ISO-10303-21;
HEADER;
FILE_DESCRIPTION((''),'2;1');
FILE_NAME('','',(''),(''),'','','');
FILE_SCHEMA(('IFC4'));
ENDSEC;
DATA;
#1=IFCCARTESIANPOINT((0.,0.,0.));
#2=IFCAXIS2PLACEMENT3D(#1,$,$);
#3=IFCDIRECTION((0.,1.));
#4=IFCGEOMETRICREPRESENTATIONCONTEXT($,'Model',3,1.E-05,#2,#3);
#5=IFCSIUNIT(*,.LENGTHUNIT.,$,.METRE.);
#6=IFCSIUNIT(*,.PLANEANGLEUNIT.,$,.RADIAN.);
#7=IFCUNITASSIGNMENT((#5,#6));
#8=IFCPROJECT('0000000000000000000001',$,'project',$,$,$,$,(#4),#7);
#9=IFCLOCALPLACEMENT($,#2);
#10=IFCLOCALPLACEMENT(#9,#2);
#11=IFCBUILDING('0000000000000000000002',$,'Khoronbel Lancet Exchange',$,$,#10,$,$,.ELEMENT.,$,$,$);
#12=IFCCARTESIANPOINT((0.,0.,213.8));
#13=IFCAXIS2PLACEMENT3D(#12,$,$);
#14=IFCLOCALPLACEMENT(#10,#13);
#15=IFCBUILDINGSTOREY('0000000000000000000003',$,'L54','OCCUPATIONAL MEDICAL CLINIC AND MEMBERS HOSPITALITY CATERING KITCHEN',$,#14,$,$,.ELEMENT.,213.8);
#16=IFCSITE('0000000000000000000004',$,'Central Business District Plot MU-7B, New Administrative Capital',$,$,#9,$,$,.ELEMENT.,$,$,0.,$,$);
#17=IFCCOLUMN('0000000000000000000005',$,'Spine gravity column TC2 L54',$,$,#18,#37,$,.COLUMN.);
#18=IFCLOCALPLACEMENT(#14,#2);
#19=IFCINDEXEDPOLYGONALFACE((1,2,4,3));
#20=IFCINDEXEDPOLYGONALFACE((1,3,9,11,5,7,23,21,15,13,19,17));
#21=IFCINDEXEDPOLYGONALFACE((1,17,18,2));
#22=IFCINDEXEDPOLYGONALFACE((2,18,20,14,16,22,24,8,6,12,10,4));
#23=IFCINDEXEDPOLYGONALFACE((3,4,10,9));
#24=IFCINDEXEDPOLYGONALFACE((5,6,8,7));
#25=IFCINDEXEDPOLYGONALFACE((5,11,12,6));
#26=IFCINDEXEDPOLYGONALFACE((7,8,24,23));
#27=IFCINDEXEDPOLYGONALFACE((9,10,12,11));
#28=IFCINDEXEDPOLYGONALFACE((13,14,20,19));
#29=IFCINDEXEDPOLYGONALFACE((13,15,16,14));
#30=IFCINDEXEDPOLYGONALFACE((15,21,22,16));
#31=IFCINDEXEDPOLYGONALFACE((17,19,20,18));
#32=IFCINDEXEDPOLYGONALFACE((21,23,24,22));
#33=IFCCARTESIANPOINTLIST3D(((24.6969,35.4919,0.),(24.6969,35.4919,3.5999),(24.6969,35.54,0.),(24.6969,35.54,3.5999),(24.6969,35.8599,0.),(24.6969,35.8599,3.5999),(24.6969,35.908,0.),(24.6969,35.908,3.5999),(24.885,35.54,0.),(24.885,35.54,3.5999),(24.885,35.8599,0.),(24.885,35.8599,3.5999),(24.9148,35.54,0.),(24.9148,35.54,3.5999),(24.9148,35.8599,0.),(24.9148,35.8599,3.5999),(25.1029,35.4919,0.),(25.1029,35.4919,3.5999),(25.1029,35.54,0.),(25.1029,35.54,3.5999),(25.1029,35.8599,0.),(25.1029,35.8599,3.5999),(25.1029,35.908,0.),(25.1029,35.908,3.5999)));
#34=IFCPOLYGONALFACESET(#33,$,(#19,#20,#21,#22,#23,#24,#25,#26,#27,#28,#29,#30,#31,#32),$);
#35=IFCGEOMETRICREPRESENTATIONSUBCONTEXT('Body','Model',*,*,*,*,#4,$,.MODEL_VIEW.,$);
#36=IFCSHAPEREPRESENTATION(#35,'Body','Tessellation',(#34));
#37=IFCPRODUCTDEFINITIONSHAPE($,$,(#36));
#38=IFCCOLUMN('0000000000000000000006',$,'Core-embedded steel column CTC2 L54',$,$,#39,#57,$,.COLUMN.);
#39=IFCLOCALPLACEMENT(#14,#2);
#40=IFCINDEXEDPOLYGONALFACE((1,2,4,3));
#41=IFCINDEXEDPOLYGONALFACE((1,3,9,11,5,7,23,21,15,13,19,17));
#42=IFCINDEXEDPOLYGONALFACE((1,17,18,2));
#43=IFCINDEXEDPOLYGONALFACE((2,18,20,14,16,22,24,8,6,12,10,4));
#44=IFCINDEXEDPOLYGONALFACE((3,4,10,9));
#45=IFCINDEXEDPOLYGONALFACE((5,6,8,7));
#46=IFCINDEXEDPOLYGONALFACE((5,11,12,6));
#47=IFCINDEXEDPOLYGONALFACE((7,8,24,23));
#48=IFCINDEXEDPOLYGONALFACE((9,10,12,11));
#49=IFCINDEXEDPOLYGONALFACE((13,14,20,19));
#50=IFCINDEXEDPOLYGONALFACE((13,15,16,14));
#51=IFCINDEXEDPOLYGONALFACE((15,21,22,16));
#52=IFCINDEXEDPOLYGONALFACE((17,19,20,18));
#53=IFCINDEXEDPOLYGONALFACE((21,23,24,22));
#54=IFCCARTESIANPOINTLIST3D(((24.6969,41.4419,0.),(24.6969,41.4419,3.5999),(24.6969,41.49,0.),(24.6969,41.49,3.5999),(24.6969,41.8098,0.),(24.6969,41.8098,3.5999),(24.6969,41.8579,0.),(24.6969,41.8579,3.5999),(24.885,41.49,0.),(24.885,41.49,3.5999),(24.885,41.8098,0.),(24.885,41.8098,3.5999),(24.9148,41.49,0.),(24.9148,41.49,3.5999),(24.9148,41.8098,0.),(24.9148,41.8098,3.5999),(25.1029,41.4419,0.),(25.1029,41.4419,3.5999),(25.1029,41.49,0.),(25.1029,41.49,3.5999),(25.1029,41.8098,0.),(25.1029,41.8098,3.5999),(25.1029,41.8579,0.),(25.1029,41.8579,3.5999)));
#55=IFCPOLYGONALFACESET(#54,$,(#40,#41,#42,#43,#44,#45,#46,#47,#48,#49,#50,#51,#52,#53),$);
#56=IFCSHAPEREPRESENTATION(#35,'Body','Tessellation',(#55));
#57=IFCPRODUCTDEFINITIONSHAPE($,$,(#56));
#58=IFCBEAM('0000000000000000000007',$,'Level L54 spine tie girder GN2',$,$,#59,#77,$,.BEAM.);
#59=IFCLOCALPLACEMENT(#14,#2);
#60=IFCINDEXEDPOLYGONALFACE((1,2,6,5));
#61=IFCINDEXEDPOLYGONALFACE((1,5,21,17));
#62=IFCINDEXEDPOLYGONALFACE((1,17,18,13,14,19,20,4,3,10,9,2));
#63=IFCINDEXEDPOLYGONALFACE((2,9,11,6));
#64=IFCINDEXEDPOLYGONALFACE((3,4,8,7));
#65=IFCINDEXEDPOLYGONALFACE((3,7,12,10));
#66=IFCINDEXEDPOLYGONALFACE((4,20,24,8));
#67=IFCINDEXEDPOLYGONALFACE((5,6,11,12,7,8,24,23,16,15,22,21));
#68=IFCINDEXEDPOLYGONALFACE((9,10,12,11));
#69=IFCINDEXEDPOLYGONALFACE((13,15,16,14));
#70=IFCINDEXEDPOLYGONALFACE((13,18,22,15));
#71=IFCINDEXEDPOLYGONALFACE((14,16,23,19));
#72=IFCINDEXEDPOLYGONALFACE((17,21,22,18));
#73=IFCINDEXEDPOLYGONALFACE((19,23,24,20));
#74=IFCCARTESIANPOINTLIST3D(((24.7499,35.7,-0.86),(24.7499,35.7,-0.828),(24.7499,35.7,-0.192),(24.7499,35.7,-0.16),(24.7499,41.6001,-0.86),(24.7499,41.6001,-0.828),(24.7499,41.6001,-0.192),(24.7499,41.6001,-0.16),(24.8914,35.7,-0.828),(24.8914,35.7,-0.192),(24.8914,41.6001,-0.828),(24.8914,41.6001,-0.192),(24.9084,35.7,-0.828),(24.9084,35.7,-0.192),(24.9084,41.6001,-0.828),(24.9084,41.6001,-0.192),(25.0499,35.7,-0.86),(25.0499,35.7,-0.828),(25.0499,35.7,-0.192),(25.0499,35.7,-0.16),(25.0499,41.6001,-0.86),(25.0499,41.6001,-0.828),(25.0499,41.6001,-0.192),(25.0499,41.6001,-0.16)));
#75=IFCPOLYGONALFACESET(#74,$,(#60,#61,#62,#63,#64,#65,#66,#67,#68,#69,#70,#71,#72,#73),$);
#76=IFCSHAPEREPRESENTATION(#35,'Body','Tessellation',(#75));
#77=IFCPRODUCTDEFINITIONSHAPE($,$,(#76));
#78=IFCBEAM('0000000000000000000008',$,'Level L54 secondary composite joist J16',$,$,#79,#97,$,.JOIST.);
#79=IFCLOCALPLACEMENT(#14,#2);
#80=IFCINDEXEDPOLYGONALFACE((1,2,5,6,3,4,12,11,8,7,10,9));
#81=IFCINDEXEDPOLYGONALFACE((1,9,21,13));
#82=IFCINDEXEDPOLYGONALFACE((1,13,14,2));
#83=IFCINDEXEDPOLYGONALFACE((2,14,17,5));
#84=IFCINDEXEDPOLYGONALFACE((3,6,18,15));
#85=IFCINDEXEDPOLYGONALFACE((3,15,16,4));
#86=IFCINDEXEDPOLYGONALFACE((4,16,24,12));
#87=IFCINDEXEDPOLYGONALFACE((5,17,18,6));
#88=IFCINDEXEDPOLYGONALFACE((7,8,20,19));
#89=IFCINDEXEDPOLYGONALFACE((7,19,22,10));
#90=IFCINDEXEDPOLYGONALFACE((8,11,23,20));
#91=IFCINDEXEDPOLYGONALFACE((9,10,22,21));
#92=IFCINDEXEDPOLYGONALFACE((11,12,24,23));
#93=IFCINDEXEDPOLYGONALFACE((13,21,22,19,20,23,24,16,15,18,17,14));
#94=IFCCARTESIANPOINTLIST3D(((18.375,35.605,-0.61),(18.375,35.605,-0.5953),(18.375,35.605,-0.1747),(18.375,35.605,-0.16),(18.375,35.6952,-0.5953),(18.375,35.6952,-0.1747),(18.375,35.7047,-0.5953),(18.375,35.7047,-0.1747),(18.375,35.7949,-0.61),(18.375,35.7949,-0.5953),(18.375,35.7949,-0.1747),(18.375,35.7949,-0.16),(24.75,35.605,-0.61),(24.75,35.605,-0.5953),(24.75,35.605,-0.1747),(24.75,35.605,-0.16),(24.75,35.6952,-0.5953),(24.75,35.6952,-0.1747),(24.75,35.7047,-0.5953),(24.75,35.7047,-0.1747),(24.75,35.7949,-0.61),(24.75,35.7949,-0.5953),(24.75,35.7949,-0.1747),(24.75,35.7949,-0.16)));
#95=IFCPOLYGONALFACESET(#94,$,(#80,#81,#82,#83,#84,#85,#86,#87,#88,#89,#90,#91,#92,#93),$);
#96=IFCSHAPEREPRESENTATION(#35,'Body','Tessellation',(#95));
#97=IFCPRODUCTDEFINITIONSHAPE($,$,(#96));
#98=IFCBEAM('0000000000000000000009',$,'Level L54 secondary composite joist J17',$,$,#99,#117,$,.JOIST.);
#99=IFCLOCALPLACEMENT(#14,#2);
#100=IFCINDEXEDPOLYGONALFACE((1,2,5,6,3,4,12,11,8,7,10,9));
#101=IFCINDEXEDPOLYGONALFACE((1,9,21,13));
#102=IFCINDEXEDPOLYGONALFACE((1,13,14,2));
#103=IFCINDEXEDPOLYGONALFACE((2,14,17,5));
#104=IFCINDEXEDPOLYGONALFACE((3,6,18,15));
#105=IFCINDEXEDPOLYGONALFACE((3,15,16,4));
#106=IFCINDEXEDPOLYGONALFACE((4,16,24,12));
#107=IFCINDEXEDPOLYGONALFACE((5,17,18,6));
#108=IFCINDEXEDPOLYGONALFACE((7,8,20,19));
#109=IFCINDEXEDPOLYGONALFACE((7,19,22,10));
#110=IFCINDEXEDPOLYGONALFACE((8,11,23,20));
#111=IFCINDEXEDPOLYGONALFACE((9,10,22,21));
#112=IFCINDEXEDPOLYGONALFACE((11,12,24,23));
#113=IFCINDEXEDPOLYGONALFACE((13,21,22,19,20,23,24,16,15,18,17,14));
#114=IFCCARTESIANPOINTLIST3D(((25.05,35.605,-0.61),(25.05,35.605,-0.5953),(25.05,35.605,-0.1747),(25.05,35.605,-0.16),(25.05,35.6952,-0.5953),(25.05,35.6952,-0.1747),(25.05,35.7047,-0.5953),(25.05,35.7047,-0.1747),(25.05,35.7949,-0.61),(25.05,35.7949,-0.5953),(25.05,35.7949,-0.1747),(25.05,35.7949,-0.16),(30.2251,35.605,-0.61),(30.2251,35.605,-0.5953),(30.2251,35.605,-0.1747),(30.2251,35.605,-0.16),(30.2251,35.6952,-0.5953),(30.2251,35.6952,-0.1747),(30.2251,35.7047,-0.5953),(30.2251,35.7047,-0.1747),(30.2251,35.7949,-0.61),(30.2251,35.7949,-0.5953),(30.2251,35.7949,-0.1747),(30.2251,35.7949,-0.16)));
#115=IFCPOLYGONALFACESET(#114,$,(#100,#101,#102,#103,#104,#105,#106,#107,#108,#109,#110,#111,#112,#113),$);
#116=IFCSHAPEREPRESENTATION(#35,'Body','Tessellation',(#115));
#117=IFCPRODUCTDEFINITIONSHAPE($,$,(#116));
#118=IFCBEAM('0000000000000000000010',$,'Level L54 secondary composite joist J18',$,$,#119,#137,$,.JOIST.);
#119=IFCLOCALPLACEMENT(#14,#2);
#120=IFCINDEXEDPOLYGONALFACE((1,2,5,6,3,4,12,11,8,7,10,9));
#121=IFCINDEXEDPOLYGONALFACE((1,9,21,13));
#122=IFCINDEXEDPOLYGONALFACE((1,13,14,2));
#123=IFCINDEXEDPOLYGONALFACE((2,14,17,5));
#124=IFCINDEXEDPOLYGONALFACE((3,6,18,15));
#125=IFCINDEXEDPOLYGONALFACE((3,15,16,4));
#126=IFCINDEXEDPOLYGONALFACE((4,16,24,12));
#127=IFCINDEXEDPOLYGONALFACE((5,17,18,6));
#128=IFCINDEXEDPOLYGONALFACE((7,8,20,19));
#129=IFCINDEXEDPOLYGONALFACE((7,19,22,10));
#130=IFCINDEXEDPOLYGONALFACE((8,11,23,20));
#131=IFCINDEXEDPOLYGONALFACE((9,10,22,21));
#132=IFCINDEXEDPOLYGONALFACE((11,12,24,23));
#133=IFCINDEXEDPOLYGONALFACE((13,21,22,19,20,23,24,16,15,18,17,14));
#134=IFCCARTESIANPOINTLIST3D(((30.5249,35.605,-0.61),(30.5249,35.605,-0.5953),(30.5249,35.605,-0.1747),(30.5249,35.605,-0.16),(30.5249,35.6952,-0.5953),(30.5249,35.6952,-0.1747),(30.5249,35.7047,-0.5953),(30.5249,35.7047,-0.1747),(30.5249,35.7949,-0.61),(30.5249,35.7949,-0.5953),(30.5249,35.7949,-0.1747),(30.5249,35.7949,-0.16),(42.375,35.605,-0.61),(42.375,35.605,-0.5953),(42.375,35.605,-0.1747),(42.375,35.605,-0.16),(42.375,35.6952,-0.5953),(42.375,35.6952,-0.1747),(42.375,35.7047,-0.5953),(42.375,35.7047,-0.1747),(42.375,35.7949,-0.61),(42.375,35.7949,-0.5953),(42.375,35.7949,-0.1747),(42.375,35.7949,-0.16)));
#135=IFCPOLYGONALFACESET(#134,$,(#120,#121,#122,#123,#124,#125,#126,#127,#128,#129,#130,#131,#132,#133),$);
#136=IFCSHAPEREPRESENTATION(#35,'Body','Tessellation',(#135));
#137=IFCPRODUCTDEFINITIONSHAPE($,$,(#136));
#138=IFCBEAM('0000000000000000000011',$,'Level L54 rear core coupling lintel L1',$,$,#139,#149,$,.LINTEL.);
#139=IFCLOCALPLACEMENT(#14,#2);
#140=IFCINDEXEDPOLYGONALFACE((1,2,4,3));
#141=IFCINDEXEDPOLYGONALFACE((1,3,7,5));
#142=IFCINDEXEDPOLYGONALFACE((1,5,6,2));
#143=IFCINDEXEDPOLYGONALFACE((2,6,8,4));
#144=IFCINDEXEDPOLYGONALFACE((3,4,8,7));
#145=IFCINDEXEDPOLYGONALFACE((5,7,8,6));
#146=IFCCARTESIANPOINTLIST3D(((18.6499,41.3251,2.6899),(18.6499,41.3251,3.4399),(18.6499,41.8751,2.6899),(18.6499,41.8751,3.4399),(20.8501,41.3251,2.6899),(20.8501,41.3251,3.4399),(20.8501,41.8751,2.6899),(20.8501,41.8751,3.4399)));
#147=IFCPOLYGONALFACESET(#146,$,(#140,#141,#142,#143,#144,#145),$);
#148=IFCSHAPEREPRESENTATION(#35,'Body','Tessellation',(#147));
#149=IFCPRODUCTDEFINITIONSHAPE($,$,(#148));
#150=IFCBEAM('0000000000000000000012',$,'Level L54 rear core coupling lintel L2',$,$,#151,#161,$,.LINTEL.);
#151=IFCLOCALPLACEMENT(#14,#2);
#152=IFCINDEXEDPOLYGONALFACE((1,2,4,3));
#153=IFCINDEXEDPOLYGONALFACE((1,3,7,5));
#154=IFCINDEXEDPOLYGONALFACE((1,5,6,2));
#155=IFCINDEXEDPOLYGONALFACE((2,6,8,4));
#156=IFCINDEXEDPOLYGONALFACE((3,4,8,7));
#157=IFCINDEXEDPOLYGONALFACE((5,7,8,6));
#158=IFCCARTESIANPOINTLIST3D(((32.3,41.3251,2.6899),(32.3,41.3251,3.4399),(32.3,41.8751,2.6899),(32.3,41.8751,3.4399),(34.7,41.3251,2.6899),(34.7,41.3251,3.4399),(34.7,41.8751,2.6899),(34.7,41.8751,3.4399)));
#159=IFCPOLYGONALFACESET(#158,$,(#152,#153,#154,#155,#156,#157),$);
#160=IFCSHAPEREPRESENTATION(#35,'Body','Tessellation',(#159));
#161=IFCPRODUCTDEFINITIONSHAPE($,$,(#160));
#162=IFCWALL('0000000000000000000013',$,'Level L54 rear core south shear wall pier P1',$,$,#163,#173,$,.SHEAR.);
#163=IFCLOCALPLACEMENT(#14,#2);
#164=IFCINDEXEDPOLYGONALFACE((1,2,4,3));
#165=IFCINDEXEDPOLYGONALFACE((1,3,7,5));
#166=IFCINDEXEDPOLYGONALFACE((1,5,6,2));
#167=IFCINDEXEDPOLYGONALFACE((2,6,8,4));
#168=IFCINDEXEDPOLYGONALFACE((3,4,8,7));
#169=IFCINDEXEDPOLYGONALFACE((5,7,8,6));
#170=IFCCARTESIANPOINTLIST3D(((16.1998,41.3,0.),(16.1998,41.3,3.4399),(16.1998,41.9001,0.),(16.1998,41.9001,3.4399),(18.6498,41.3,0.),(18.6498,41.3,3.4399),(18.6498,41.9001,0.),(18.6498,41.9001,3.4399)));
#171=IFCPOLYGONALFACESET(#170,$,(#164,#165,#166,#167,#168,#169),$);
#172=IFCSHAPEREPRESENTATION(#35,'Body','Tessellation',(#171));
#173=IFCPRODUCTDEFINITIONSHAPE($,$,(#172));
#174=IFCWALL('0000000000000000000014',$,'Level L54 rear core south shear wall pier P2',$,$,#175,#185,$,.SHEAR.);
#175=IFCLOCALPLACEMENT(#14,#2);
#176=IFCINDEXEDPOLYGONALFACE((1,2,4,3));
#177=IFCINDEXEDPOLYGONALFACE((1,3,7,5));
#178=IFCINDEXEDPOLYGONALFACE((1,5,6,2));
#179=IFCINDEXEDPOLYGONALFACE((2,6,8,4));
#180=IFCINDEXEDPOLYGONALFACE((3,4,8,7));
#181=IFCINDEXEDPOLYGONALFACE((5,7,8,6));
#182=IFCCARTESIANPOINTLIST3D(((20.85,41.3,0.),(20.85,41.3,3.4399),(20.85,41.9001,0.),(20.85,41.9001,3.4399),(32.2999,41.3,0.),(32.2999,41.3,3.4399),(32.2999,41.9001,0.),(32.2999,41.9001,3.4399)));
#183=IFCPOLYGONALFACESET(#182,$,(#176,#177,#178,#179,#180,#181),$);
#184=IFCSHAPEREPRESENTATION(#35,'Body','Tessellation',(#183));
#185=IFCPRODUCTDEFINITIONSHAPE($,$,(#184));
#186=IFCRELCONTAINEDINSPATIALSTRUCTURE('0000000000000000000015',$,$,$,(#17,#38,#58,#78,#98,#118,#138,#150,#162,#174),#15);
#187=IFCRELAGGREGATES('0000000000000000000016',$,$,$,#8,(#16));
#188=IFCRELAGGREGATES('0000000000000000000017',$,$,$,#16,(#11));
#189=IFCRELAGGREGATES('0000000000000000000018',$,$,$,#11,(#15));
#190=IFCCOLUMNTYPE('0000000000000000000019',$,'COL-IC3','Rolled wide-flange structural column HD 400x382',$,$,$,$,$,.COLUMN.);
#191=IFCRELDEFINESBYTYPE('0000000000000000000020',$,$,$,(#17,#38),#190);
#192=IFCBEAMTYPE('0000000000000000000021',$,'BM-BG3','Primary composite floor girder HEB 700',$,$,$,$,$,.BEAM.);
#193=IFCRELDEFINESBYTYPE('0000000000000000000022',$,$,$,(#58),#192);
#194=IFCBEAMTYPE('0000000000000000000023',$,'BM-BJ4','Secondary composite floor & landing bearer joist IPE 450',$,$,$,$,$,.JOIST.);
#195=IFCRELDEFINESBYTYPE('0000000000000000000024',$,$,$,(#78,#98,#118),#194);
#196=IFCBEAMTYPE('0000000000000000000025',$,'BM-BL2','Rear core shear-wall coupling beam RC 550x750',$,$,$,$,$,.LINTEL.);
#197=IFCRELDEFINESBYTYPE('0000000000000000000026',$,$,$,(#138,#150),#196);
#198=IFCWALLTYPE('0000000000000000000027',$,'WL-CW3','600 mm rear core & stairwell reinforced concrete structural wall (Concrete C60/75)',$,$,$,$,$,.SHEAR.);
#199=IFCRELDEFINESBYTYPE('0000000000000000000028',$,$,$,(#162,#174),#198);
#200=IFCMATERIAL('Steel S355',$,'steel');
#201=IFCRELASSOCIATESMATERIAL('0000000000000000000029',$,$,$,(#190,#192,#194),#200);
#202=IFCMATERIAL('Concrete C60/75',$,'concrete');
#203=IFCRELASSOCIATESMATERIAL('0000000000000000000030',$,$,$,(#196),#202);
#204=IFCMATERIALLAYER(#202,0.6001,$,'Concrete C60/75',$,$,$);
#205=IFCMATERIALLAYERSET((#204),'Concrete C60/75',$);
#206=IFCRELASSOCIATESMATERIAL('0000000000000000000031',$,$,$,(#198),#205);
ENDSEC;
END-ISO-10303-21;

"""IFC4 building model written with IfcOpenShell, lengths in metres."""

from ifc_helpers import new_model, si_unit, direction, frame, frame_2d, origin, origin_2d, place, context, subcontext, project, spatial, rectangle, i_section, extrude, material, layer, layer_set, material_profile, profile_set, type_object, element, save


model = new_model("IFC4")

# Units and contexts
model_context = context("Model", 3, precision=1e-05, world=origin(), true_north=direction((0.0, 1.0)))
body_context = subcontext(model_context, "Body", "Model", "MODEL_VIEW")
ifc_project = project(units=[si_unit("LENGTHUNIT", "METRE"), si_unit("PLANEANGLEUNIT", "RADIAN")], contexts=[model_context])

# Site, building, storey
site_placement = place(None, origin())
site = spatial("IfcSite", under=ifc_project, at=site_placement, Name="Central Business District Plot MU-7B, New Administrative Capital", CompositionType="ELEMENT", RefElevation=0.0)
building_placement = place(site_placement, origin())
building = spatial("IfcBuilding", under=site, at=building_placement, Name="Khoronbel Lancet Exchange", CompositionType="ELEMENT")
storey_placement = place(building_placement, frame((0.0, 0.0, 213.8)))
storey = spatial("IfcBuildingStorey", under=building, at=storey_placement, Name="L54", Description="OCCUPATIONAL MEDICAL CLINIC AND MEMBERS HOSPITALITY CATERING KITCHEN", CompositionType="ELEMENT", Elevation=213.8)

# Columns
ifc_material_1 = material(Name="Steel S355", Category="steel")
ifc_material_profile_1 = material_profile(ifc_material_1, i_section(OverallWidth=0.406, OverallDepth=0.416, WebThickness=0.0298, FlangeThickness=0.0481, at=origin_2d()), Name="HD 400x382")
ifc_profile_set_1 = profile_set([ifc_material_profile_1], Name="Steel S355")
column_type = type_object("IfcColumnType", Name="COL-IC3", Description="Rolled wide-flange structural column HD 400x382", PredefinedType="COLUMN", material=ifc_profile_set_1)
for number, where, z_axis, x_axis, name in (
    (1, (24.8999, 35.7, 0.0), (0.0, 0.0, 1.0), (1.0, 0.0, 0.0), "Spine gravity column TC2 L54"),
    (2, (24.8999, 41.6499, 0.0), (0.0, 0.0, 1.0), (1.0, 0.0, 0.0), "Core-embedded steel column CTC2 L54"),
):
    element("IfcColumn", number, at=place(storey_placement, frame(where, z_axis=z_axis, x_axis=x_axis)), inside=storey, type_object=column_type, Name=name, PredefinedType="COLUMN", context=body_context, shape_type="SweptSolid", body=[
        extrude(i_section(OverallWidth=0.406, OverallDepth=0.416, WebThickness=0.0298, FlangeThickness=0.0481, at=origin_2d()), origin(), (0.0, 0.0, 1.0), 3.5999),
    ])

# Beams
ifc_material_profile_2 = material_profile(ifc_material_1, i_section(OverallWidth=0.3, OverallDepth=0.7, WebThickness=0.0171, FlangeThickness=0.032, at=origin_2d()), Name="HEB 700")
ifc_profile_set_2 = profile_set([ifc_material_profile_2], Name="Steel S355")
beam_type_1 = type_object("IfcBeamType", Name="BM-BG3", Description="Primary composite floor girder HEB 700", PredefinedType="BEAM", material=ifc_profile_set_2)
beam_1_placement = place(storey_placement, frame((24.8999, 35.7, -0.51), z_axis=(0.0, 1.0, 0.0), x_axis=(-1.0, 0.0, 0.0)))
element("IfcBeam", 3, at=beam_1_placement, inside=storey, type_object=beam_type_1, Name="Level L54 spine tie girder GN2", PredefinedType="BEAM", context=body_context, shape_type="SweptSolid", body=[
    extrude(i_section(OverallWidth=0.3, OverallDepth=0.7, WebThickness=0.0171, FlangeThickness=0.032, at=origin_2d()), origin(), (0.0, 0.0, 1.0), 5.9001),
])
ifc_material_profile_3 = material_profile(ifc_material_1, i_section(OverallWidth=0.1899, OverallDepth=0.45, WebThickness=0.0095, FlangeThickness=0.0146, at=origin_2d()), Name="IPE 450")
ifc_profile_set_3 = profile_set([ifc_material_profile_3], Name="Steel S355")
beam_type_2 = type_object("IfcBeamType", Name="BM-BJ4", Description="Secondary composite floor & landing bearer joist IPE 450", PredefinedType="JOIST", material=ifc_profile_set_3)
beam_2_placement = place(storey_placement, frame((18.375, 35.7, -0.385), z_axis=(1.0, 0.0, 0.0), x_axis=(0.0, 1.0, 0.0)))
element("IfcBeam", 4, at=beam_2_placement, inside=storey, type_object=beam_type_2, Name="Level L54 secondary composite joist J16", PredefinedType="JOIST", context=body_context, shape_type="SweptSolid", body=[
    extrude(i_section(OverallWidth=0.1899, OverallDepth=0.45, WebThickness=0.0095, FlangeThickness=0.0146, at=origin_2d()), origin(), (0.0, 0.0, 1.0), 6.375),
])
beam_3_placement = place(storey_placement, frame((25.05, 35.7, -0.385), z_axis=(1.0, 0.0, 0.0), x_axis=(0.0, 1.0, 0.0)))
element("IfcBeam", 5, at=beam_3_placement, inside=storey, type_object=beam_type_2, Name="Level L54 secondary composite joist J17", PredefinedType="JOIST", context=body_context, shape_type="SweptSolid", body=[
    extrude(i_section(OverallWidth=0.1899, OverallDepth=0.45, WebThickness=0.0095, FlangeThickness=0.0146, at=origin_2d()), origin(), (0.0, 0.0, 1.0), 5.175),
])
beam_4_placement = place(storey_placement, frame((30.5249, 35.7, -0.385), z_axis=(1.0, 0.0, 0.0), x_axis=(0.0, 1.0, 0.0)))
element("IfcBeam", 6, at=beam_4_placement, inside=storey, type_object=beam_type_2, Name="Level L54 secondary composite joist J18", PredefinedType="JOIST", context=body_context, shape_type="SweptSolid", body=[
    extrude(i_section(OverallWidth=0.1899, OverallDepth=0.45, WebThickness=0.0095, FlangeThickness=0.0146, at=origin_2d()), origin(), (0.0, 0.0, 1.0), 11.8501),
])
ifc_material_2 = material(Name="Concrete C60/75", Category="concrete")
ifc_material_profile_4 = material_profile(ifc_material_2, rectangle(XDim=0.55, YDim=0.75, at=origin_2d()), Name="RC 550x750")
ifc_profile_set_4 = profile_set([ifc_material_profile_4], Name="Concrete C60/75")
beam_type_3 = type_object("IfcBeamType", Name="BM-BL2", Description="Rear core shear-wall coupling beam RC 550x750", PredefinedType="LINTEL", material=ifc_profile_set_4)
beam_5_placement = place(storey_placement, frame((18.6499, 41.6001, 3.0649), z_axis=(1.0, 0.0, 0.0), x_axis=(0.0, 1.0, 0.0)))
element("IfcBeam", 7, at=beam_5_placement, inside=storey, type_object=beam_type_3, Name="Level L54 rear core coupling lintel L1", PredefinedType="LINTEL", context=body_context, shape_type="SweptSolid", body=[
    extrude(rectangle(XDim=0.55, YDim=0.75, at=origin_2d()), origin(), (0.0, 0.0, 1.0), 2.2002),
])
beam_6_placement = place(storey_placement, frame((32.3, 41.6001, 3.0649), z_axis=(1.0, 0.0, 0.0), x_axis=(0.0, 1.0, 0.0)))
element("IfcBeam", 8, at=beam_6_placement, inside=storey, type_object=beam_type_3, Name="Level L54 rear core coupling lintel L2", PredefinedType="LINTEL", context=body_context, shape_type="SweptSolid", body=[
    extrude(rectangle(XDim=0.55, YDim=0.75, at=origin_2d()), origin(), (0.0, 0.0, 1.0), 2.3999),
])

# Walls
ifc_layer_1 = layer(ifc_material_2, 0.6001, Name="Concrete C60/75")
ifc_layer_set_1 = layer_set([ifc_layer_1], Name="Concrete C60/75")
wall_type_1 = type_object("IfcWallType", Name="WL-CW3", Description="600 mm rear core & stairwell reinforced concrete structural wall (Concrete C60/75)", PredefinedType="SHEAR", material=ifc_layer_set_1)
wall_1_placement = place(storey_placement, frame((18.6499, 41.6001, 0.0), z_axis=(0.0, 0.0, 1.0), x_axis=(-1.0, 0.0, 0.0)))
element("IfcWall", 9, at=wall_1_placement, inside=storey, type_object=wall_type_1, Name="Level L54 rear core south shear wall pier P1", PredefinedType="SHEAR", context=body_context, shape_type="SweptSolid", body=[
    extrude(rectangle(XDim=2.45, YDim=0.6001, at=frame_2d((1.2251, 0.0))), origin(), (0.0, 0.0, 1.0), 3.4399),
])
wall_2_placement = place(storey_placement, frame((32.3, 41.6001, 0.0), z_axis=(0.0, 0.0, 1.0), x_axis=(-1.0, 0.0, 0.0)))
element("IfcWall", 10, at=wall_2_placement, inside=storey, type_object=wall_type_1, Name="Level L54 rear core south shear wall pier P2", PredefinedType="SHEAR", context=body_context, shape_type="SweptSolid", body=[
    extrude(rectangle(XDim=11.45, YDim=0.6001, at=frame_2d((5.7251, 0.0))), origin(), (0.0, 0.0, 1.0), 3.4399),
])

save(model, "model.ifc")
